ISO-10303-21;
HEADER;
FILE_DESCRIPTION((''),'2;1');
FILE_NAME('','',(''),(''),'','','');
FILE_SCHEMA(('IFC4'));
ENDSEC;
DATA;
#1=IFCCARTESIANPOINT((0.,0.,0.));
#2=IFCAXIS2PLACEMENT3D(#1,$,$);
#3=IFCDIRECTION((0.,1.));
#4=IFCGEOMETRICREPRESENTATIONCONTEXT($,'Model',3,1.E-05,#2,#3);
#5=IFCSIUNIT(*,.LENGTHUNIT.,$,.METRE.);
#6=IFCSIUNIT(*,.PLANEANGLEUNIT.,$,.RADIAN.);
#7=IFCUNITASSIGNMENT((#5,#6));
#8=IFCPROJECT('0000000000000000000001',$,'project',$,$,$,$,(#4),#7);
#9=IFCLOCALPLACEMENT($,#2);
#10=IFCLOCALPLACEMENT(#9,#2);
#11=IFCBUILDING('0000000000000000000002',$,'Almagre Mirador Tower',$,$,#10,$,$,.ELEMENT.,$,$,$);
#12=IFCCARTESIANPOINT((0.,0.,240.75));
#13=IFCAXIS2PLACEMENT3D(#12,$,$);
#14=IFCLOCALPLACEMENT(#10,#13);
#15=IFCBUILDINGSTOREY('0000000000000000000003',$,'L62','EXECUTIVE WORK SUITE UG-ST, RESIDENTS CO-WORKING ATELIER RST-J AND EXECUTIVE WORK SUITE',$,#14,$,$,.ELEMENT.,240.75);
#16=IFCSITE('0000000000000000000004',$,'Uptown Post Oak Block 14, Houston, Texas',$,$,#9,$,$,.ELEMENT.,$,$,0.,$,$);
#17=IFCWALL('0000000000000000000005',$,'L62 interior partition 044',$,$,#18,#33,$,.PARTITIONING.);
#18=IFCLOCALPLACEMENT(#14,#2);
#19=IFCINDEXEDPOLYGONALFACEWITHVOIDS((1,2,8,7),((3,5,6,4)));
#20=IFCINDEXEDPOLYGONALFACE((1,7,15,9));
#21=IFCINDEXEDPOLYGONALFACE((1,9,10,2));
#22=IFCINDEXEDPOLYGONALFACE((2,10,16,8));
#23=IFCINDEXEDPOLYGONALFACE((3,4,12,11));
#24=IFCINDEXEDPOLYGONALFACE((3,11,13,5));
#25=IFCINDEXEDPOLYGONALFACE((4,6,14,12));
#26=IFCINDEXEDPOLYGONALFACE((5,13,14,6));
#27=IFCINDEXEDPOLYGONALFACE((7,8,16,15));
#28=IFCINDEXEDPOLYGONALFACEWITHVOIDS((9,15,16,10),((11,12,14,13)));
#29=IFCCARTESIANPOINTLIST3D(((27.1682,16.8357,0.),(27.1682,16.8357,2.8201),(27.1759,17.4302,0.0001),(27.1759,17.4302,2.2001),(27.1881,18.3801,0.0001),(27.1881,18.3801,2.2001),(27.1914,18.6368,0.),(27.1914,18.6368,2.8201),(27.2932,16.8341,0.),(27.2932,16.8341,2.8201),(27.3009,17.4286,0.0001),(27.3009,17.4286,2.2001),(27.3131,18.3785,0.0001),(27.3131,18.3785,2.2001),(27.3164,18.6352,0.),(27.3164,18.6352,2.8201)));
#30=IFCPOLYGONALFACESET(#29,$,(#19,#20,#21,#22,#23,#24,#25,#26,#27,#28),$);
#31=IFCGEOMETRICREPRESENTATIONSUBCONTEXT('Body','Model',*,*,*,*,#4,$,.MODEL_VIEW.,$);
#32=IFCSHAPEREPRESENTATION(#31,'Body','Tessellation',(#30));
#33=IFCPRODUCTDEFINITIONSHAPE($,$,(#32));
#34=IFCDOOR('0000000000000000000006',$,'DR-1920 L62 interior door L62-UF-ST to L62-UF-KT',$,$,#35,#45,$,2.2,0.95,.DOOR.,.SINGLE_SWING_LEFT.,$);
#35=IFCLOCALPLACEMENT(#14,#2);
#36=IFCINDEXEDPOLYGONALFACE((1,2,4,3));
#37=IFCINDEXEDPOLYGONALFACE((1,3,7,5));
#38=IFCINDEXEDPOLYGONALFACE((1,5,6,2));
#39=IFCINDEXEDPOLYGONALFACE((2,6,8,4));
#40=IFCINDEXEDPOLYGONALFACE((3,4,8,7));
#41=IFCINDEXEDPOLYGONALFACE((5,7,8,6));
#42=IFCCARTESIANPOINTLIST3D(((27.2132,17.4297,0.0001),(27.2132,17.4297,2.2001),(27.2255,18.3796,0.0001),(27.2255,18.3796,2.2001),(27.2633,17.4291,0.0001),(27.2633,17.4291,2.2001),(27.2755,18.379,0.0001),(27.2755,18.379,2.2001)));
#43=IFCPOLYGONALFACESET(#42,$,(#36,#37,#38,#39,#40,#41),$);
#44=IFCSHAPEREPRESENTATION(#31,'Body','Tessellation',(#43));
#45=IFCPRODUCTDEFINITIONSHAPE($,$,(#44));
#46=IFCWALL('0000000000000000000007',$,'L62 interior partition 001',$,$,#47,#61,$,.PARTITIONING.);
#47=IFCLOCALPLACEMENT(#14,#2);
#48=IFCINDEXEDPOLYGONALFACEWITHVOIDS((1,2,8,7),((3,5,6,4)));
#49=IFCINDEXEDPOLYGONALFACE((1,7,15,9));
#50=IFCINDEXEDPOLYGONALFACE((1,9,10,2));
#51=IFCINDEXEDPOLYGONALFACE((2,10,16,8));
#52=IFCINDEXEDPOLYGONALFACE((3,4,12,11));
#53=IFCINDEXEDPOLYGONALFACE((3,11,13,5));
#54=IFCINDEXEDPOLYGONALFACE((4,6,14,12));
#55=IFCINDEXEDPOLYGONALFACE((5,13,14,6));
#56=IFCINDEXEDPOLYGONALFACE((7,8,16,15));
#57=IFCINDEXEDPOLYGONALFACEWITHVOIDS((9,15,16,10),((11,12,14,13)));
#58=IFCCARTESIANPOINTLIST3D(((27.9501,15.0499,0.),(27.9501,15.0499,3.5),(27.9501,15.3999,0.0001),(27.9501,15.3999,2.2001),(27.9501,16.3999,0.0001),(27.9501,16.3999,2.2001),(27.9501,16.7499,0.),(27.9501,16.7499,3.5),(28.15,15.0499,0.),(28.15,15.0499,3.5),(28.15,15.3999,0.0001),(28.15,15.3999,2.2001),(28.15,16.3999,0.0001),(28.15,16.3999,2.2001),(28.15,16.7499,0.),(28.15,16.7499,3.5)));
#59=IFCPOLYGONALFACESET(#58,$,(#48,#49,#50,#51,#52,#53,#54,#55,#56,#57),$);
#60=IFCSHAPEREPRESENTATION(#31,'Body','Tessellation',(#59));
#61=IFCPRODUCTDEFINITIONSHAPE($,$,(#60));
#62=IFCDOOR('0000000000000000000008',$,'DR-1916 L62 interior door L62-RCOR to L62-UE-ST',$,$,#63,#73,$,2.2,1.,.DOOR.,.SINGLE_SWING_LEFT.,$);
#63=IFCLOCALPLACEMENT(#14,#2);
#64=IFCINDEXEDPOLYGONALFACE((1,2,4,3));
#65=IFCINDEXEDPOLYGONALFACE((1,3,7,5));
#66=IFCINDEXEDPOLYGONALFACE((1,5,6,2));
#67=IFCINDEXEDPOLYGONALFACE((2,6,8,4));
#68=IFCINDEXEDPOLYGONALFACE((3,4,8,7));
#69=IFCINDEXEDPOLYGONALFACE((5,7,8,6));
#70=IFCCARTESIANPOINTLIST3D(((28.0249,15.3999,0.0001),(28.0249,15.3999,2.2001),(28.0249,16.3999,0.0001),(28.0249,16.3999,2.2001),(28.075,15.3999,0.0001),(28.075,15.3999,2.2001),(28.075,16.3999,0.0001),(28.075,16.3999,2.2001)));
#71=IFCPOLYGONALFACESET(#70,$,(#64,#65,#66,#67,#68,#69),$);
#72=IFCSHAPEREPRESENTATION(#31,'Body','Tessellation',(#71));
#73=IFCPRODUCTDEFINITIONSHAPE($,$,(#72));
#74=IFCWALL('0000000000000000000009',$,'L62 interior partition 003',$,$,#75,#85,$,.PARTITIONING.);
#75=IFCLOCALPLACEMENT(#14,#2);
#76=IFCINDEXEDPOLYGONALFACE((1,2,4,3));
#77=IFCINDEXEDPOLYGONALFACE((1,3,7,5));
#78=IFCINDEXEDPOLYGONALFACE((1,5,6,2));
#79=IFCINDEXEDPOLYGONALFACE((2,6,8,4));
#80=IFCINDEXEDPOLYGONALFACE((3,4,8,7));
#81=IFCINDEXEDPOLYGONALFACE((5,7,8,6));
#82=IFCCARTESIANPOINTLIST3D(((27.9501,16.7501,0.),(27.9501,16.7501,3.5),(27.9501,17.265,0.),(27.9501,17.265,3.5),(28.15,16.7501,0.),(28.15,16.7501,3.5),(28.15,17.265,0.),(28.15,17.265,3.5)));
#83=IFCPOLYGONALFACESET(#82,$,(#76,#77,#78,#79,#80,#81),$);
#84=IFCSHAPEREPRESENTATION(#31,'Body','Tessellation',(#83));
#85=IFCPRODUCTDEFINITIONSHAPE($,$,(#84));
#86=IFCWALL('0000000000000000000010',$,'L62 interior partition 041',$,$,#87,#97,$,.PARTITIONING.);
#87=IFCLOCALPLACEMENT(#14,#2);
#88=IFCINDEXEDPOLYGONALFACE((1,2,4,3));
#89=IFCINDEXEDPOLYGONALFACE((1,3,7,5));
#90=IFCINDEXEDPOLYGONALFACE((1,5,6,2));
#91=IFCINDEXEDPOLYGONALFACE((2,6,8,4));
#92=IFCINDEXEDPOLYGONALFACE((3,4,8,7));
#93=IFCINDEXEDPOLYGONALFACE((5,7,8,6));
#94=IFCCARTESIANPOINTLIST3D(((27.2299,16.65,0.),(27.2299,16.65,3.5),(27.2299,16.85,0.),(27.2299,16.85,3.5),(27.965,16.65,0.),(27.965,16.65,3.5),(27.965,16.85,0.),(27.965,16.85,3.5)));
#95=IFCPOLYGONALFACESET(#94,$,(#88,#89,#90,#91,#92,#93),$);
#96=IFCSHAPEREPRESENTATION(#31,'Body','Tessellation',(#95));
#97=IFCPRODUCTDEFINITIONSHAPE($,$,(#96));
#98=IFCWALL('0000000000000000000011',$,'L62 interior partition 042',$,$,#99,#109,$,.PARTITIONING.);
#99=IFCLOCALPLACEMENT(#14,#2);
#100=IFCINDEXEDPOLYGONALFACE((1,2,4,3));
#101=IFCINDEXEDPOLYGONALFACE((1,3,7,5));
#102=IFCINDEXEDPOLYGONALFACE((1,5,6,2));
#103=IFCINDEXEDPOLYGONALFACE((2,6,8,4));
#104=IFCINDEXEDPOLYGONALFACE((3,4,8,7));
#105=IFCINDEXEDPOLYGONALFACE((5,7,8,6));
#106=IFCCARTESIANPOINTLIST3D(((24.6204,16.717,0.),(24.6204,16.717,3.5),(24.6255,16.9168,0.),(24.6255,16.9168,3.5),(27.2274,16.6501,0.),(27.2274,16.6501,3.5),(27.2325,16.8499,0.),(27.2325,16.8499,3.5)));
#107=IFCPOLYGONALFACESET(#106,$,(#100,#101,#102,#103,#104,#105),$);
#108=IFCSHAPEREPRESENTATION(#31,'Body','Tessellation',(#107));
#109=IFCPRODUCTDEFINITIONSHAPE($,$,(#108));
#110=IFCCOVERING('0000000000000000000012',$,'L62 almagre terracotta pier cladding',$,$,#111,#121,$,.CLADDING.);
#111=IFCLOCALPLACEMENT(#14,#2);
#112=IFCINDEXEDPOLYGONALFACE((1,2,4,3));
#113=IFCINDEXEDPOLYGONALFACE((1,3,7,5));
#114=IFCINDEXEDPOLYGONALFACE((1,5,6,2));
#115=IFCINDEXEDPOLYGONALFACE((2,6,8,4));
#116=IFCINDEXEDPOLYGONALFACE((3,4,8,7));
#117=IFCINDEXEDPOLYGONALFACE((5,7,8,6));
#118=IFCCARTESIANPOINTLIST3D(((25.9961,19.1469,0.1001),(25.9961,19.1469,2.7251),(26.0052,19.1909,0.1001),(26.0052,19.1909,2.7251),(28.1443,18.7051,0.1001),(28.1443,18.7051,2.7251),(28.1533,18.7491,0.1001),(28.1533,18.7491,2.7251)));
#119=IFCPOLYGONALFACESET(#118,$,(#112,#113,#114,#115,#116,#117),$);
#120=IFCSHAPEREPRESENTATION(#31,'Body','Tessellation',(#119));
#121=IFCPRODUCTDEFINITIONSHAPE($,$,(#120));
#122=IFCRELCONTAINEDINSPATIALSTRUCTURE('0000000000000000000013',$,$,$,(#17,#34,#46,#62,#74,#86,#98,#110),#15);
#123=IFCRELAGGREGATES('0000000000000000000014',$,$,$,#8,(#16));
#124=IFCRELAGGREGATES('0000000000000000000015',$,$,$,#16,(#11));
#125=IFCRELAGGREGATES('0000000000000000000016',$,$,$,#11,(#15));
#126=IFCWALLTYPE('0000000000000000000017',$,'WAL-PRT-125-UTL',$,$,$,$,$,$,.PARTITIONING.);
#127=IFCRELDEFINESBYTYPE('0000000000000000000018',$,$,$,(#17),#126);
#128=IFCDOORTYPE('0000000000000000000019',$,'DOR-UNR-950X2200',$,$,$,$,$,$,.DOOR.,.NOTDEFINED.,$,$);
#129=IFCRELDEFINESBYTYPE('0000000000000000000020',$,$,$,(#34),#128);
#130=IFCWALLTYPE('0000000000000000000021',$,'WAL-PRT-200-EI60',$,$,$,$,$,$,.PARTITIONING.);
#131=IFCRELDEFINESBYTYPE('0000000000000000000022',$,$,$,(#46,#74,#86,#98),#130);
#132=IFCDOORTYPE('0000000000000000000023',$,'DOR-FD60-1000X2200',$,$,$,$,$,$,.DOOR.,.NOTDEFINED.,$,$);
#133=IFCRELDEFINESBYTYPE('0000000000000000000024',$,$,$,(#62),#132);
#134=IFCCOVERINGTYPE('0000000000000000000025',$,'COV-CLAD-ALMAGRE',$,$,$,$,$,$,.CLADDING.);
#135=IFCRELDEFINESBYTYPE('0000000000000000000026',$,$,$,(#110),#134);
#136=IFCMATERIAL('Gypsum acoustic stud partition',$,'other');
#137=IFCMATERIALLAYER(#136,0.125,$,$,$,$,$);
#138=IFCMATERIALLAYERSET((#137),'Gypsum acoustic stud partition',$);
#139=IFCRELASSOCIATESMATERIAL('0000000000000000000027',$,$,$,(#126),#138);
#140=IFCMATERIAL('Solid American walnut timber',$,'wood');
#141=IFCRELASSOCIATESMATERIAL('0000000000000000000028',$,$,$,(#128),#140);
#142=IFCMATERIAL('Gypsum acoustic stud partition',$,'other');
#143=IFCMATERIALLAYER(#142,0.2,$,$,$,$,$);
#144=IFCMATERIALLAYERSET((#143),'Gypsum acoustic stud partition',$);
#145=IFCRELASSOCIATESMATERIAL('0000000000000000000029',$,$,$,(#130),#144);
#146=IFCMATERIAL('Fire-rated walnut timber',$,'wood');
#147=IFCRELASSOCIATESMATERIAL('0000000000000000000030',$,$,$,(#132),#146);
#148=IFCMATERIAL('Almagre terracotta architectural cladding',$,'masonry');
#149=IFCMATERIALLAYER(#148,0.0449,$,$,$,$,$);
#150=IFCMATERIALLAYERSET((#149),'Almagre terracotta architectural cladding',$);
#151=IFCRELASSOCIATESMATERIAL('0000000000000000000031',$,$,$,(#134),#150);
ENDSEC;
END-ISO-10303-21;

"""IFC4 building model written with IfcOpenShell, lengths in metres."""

from ifc_helpers import new_model, si_unit, direction, frame, frame_2d, origin, origin_2d, place, context, subcontext, project, spatial, rectangle, extrude, material, layer, layer_set, type_object, element, fill, save


model = new_model("IFC4")

# Units and contexts
model_context = context("Model", 3, precision=1e-05, world=origin(), true_north=direction((0.0, 1.0)))
body_context = subcontext(model_context, "Body", "Model", "MODEL_VIEW")
ifc_project = project(units=[si_unit("LENGTHUNIT", "METRE"), si_unit("PLANEANGLEUNIT", "RADIAN")], contexts=[model_context])

# Site, building, storey
site_placement = place(None, origin())
site = spatial("IfcSite", under=ifc_project, at=site_placement, Name="Uptown Post Oak Block 14, Houston, Texas", CompositionType="ELEMENT", RefElevation=0.0)
building_placement = place(site_placement, origin())
building = spatial("IfcBuilding", under=site, at=building_placement, Name="Almagre Mirador Tower", CompositionType="ELEMENT")
storey_placement = place(building_placement, frame((0.0, 0.0, 240.75)))
storey = spatial("IfcBuildingStorey", under=building, at=storey_placement, Name="L62", Description="EXECUTIVE WORK SUITE UG-ST, RESIDENTS CO-WORKING ATELIER RST-J AND EXECUTIVE WORK SUITE", CompositionType="ELEMENT", Elevation=240.75)

# Walls, openings, doors
ifc_material_1 = material(Name="Gypsum acoustic stud partition", Category="other")
ifc_layer_1 = layer(ifc_material_1, 0.125)
ifc_layer_set_1 = layer_set([ifc_layer_1], Name="Gypsum acoustic stud partition")
wall_type_1 = type_object("IfcWallType", Name="WAL-PRT-125-UTL", PredefinedType="PARTITIONING", material=ifc_layer_set_1)
wall_1_placement = place(storey_placement, frame((27.2539, 18.636, 0.0), z_axis=(0.0, 0.0, 1.0), x_axis=(-0.012877, -0.999917, 0.0)))
wall_1 = element("IfcWall", 1, at=wall_1_placement, inside=storey, type_object=wall_type_1, Name="L62 interior partition 044", PredefinedType="PARTITIONING", context=body_context, shape_type="SweptSolid", body=[
    extrude(rectangle(XDim=1.8013, YDim=0.125, at=frame_2d((0.9006, 0.0))), origin(), (0.0, 0.0, 1.0), 2.8201),
])
opening_1_placement = place(wall_1_placement, frame((0.2566, 0.0, 0.0)))
opening_1 = element("IfcOpeningElement", 2, at=opening_1_placement, cuts=wall_1, PredefinedType="OPENING", context=body_context, shape_type="SweptSolid", body=[
    extrude(rectangle(XDim=0.95, YDim=2.2, at=frame_2d((0.4751, 1.1001))), frame((0.0, 0.0725, 0.0), z_axis=(0.0, -1.0, 0.0), x_axis=(1.0, 0.0, 0.0)), (0.0, 0.0, 1.0), 0.145),
])
ifc_material_2 = material(Name="Solid American walnut timber", Category="wood")
door_type_1 = type_object("IfcDoorType", Name="DOR-UNR-950X2200", OperationType="NOTDEFINED", PredefinedType="DOOR", material=ifc_material_2)
door_1_placement = place(opening_1_placement, origin())
door_1 = element("IfcDoor", 3, at=door_1_placement, inside=storey, type_object=door_type_1, Name="DR-1920 L62 interior door L62-UF-ST to L62-UF-KT", OperationType="SINGLE_SWING_LEFT", OverallHeight=2.2, OverallWidth=0.95, PredefinedType="DOOR", context=body_context, shape_type="SweptSolid", body=[
    extrude(rectangle(XDim=0.95, YDim=2.2, at=frame_2d((0.4751, 1.1001))), frame((0.0, 0.0249, 0.0), z_axis=(0.0, -1.0, 0.0), x_axis=(1.0, 0.0, 0.0)), (0.0, 0.0, 1.0), 0.05),
])
fill(opening_1, door_1)
ifc_material_3 = material(Name="Gypsum acoustic stud partition", Category="other")
ifc_layer_2 = layer(ifc_material_3, 0.2)
ifc_layer_set_2 = layer_set([ifc_layer_2], Name="Gypsum acoustic stud partition")
wall_type_2 = type_object("IfcWallType", Name="WAL-PRT-200-EI60", PredefinedType="PARTITIONING", material=ifc_layer_set_2)
wall_2_placement = place(storey_placement, frame((28.05, 16.75, 0.0), z_axis=(0.0, 0.0, 1.0), x_axis=(0.0, -1.0, 0.0)))
wall_2 = element("IfcWall", 4, at=wall_2_placement, inside=storey, type_object=wall_type_2, Name="L62 interior partition 001", PredefinedType="PARTITIONING", context=body_context, shape_type="SweptSolid", body=[
    extrude(rectangle(XDim=1.7, YDim=0.2, at=frame_2d((0.8501, 0.0))), origin(), (0.0, 0.0, 1.0), 3.5),
])
opening_2_placement = place(wall_2_placement, frame((0.3501, 0.0, 0.0)))
opening_2 = element("IfcOpeningElement", 5, at=opening_2_placement, cuts=wall_2, PredefinedType="OPENING", context=body_context, shape_type="SweptSolid", body=[
    extrude(rectangle(XDim=1.0, YDim=2.2, at=frame_2d((0.5, 1.1001))), frame((0.0, 0.1101, 0.0), z_axis=(0.0, -1.0, 0.0), x_axis=(1.0, 0.0, 0.0)), (0.0, 0.0, 1.0), 0.22),
])
ifc_material_4 = material(Name="Fire-rated walnut timber", Category="wood")
door_type_2 = type_object("IfcDoorType", Name="DOR-FD60-1000X2200", OperationType="NOTDEFINED", PredefinedType="DOOR", material=ifc_material_4)
door_2_placement = place(opening_2_placement, origin())
door_2 = element("IfcDoor", 6, at=door_2_placement, inside=storey, type_object=door_type_2, Name="DR-1916 L62 interior door L62-RCOR to L62-UE-ST", OperationType="SINGLE_SWING_LEFT", OverallHeight=2.2, OverallWidth=1.0, PredefinedType="DOOR", context=body_context, shape_type="SweptSolid", body=[
    extrude(rectangle(XDim=1.0, YDim=2.2, at=frame_2d((0.5, 1.1001))), frame((0.0, 0.0249, 0.0), z_axis=(0.0, -1.0, 0.0), x_axis=(1.0, 0.0, 0.0)), (0.0, 0.0, 1.0), 0.05),
])
fill(opening_2, door_2)

# Walls
wall_3_placement = place(storey_placement, frame((28.05, 17.2649, 0.0), z_axis=(0.0, 0.0, 1.0), x_axis=(0.0, -1.0, 0.0)))
element("IfcWall", 7, at=wall_3_placement, inside=storey, type_object=wall_type_2, Name="L62 interior partition 003", PredefinedType="PARTITIONING", context=body_context, shape_type="SweptSolid", body=[
    extrude(rectangle(XDim=0.5149, YDim=0.2, at=frame_2d((0.2573, 0.0))), origin(), (0.0, 0.0, 1.0), 3.5),
])
wall_4_placement = place(storey_placement, frame((27.9651, 16.75, 0.0), z_axis=(0.0, 0.0, 1.0), x_axis=(-1.0, 0.0, 0.0)))
element("IfcWall", 8, at=wall_4_placement, inside=storey, type_object=wall_type_2, Name="L62 interior partition 041", PredefinedType="PARTITIONING", context=body_context, shape_type="SweptSolid", body=[
    extrude(rectangle(XDim=0.7351, YDim=0.2, at=frame_2d((0.3677, 0.0))), origin(), (0.0, 0.0, 1.0), 3.5),
])
wall_5_placement = place(storey_placement, frame((27.23, 16.75, 0.0), z_axis=(0.0, 0.0, 1.0), x_axis=(-0.999671, 0.025652, 0.0)))
element("IfcWall", 9, at=wall_5_placement, inside=storey, type_object=wall_type_2, Name="L62 interior partition 042", PredefinedType="PARTITIONING", context=body_context, shape_type="SweptSolid", body=[
    extrude(rectangle(XDim=2.6079, YDim=0.2, at=frame_2d((1.304, 0.0))), origin(), (0.0, 0.0, 1.0), 3.5),
])

# Covering
ifc_material_5 = material(Name="Almagre terracotta architectural cladding", Category="masonry")
ifc_layer_3 = layer(ifc_material_5, 0.0449)
ifc_layer_set_3 = layer_set([ifc_layer_3], Name="Almagre terracotta architectural cladding")
covering_type = type_object("IfcCoveringType", Name="COV-CLAD-ALMAGRE", PredefinedType="CLADDING", material=ifc_layer_set_3)
covering_placement = place(storey_placement, frame((27.0747, 18.948, 0.1001), z_axis=(0.0, 0.0, 1.0), x_axis=(0.979501, -0.201437, 0.0)))
element("IfcCovering", 10, at=covering_placement, inside=storey, type_object=covering_type, Name="L62 almagre terracotta pier cladding", PredefinedType="CLADDING", context=body_context, shape_type="SweptSolid", body=[
    extrude(rectangle(XDim=2.1931, YDim=0.0449, at=origin_2d()), origin(), (0.0, 0.0, 1.0), 2.625),
])

save(model, "model.ifc")
